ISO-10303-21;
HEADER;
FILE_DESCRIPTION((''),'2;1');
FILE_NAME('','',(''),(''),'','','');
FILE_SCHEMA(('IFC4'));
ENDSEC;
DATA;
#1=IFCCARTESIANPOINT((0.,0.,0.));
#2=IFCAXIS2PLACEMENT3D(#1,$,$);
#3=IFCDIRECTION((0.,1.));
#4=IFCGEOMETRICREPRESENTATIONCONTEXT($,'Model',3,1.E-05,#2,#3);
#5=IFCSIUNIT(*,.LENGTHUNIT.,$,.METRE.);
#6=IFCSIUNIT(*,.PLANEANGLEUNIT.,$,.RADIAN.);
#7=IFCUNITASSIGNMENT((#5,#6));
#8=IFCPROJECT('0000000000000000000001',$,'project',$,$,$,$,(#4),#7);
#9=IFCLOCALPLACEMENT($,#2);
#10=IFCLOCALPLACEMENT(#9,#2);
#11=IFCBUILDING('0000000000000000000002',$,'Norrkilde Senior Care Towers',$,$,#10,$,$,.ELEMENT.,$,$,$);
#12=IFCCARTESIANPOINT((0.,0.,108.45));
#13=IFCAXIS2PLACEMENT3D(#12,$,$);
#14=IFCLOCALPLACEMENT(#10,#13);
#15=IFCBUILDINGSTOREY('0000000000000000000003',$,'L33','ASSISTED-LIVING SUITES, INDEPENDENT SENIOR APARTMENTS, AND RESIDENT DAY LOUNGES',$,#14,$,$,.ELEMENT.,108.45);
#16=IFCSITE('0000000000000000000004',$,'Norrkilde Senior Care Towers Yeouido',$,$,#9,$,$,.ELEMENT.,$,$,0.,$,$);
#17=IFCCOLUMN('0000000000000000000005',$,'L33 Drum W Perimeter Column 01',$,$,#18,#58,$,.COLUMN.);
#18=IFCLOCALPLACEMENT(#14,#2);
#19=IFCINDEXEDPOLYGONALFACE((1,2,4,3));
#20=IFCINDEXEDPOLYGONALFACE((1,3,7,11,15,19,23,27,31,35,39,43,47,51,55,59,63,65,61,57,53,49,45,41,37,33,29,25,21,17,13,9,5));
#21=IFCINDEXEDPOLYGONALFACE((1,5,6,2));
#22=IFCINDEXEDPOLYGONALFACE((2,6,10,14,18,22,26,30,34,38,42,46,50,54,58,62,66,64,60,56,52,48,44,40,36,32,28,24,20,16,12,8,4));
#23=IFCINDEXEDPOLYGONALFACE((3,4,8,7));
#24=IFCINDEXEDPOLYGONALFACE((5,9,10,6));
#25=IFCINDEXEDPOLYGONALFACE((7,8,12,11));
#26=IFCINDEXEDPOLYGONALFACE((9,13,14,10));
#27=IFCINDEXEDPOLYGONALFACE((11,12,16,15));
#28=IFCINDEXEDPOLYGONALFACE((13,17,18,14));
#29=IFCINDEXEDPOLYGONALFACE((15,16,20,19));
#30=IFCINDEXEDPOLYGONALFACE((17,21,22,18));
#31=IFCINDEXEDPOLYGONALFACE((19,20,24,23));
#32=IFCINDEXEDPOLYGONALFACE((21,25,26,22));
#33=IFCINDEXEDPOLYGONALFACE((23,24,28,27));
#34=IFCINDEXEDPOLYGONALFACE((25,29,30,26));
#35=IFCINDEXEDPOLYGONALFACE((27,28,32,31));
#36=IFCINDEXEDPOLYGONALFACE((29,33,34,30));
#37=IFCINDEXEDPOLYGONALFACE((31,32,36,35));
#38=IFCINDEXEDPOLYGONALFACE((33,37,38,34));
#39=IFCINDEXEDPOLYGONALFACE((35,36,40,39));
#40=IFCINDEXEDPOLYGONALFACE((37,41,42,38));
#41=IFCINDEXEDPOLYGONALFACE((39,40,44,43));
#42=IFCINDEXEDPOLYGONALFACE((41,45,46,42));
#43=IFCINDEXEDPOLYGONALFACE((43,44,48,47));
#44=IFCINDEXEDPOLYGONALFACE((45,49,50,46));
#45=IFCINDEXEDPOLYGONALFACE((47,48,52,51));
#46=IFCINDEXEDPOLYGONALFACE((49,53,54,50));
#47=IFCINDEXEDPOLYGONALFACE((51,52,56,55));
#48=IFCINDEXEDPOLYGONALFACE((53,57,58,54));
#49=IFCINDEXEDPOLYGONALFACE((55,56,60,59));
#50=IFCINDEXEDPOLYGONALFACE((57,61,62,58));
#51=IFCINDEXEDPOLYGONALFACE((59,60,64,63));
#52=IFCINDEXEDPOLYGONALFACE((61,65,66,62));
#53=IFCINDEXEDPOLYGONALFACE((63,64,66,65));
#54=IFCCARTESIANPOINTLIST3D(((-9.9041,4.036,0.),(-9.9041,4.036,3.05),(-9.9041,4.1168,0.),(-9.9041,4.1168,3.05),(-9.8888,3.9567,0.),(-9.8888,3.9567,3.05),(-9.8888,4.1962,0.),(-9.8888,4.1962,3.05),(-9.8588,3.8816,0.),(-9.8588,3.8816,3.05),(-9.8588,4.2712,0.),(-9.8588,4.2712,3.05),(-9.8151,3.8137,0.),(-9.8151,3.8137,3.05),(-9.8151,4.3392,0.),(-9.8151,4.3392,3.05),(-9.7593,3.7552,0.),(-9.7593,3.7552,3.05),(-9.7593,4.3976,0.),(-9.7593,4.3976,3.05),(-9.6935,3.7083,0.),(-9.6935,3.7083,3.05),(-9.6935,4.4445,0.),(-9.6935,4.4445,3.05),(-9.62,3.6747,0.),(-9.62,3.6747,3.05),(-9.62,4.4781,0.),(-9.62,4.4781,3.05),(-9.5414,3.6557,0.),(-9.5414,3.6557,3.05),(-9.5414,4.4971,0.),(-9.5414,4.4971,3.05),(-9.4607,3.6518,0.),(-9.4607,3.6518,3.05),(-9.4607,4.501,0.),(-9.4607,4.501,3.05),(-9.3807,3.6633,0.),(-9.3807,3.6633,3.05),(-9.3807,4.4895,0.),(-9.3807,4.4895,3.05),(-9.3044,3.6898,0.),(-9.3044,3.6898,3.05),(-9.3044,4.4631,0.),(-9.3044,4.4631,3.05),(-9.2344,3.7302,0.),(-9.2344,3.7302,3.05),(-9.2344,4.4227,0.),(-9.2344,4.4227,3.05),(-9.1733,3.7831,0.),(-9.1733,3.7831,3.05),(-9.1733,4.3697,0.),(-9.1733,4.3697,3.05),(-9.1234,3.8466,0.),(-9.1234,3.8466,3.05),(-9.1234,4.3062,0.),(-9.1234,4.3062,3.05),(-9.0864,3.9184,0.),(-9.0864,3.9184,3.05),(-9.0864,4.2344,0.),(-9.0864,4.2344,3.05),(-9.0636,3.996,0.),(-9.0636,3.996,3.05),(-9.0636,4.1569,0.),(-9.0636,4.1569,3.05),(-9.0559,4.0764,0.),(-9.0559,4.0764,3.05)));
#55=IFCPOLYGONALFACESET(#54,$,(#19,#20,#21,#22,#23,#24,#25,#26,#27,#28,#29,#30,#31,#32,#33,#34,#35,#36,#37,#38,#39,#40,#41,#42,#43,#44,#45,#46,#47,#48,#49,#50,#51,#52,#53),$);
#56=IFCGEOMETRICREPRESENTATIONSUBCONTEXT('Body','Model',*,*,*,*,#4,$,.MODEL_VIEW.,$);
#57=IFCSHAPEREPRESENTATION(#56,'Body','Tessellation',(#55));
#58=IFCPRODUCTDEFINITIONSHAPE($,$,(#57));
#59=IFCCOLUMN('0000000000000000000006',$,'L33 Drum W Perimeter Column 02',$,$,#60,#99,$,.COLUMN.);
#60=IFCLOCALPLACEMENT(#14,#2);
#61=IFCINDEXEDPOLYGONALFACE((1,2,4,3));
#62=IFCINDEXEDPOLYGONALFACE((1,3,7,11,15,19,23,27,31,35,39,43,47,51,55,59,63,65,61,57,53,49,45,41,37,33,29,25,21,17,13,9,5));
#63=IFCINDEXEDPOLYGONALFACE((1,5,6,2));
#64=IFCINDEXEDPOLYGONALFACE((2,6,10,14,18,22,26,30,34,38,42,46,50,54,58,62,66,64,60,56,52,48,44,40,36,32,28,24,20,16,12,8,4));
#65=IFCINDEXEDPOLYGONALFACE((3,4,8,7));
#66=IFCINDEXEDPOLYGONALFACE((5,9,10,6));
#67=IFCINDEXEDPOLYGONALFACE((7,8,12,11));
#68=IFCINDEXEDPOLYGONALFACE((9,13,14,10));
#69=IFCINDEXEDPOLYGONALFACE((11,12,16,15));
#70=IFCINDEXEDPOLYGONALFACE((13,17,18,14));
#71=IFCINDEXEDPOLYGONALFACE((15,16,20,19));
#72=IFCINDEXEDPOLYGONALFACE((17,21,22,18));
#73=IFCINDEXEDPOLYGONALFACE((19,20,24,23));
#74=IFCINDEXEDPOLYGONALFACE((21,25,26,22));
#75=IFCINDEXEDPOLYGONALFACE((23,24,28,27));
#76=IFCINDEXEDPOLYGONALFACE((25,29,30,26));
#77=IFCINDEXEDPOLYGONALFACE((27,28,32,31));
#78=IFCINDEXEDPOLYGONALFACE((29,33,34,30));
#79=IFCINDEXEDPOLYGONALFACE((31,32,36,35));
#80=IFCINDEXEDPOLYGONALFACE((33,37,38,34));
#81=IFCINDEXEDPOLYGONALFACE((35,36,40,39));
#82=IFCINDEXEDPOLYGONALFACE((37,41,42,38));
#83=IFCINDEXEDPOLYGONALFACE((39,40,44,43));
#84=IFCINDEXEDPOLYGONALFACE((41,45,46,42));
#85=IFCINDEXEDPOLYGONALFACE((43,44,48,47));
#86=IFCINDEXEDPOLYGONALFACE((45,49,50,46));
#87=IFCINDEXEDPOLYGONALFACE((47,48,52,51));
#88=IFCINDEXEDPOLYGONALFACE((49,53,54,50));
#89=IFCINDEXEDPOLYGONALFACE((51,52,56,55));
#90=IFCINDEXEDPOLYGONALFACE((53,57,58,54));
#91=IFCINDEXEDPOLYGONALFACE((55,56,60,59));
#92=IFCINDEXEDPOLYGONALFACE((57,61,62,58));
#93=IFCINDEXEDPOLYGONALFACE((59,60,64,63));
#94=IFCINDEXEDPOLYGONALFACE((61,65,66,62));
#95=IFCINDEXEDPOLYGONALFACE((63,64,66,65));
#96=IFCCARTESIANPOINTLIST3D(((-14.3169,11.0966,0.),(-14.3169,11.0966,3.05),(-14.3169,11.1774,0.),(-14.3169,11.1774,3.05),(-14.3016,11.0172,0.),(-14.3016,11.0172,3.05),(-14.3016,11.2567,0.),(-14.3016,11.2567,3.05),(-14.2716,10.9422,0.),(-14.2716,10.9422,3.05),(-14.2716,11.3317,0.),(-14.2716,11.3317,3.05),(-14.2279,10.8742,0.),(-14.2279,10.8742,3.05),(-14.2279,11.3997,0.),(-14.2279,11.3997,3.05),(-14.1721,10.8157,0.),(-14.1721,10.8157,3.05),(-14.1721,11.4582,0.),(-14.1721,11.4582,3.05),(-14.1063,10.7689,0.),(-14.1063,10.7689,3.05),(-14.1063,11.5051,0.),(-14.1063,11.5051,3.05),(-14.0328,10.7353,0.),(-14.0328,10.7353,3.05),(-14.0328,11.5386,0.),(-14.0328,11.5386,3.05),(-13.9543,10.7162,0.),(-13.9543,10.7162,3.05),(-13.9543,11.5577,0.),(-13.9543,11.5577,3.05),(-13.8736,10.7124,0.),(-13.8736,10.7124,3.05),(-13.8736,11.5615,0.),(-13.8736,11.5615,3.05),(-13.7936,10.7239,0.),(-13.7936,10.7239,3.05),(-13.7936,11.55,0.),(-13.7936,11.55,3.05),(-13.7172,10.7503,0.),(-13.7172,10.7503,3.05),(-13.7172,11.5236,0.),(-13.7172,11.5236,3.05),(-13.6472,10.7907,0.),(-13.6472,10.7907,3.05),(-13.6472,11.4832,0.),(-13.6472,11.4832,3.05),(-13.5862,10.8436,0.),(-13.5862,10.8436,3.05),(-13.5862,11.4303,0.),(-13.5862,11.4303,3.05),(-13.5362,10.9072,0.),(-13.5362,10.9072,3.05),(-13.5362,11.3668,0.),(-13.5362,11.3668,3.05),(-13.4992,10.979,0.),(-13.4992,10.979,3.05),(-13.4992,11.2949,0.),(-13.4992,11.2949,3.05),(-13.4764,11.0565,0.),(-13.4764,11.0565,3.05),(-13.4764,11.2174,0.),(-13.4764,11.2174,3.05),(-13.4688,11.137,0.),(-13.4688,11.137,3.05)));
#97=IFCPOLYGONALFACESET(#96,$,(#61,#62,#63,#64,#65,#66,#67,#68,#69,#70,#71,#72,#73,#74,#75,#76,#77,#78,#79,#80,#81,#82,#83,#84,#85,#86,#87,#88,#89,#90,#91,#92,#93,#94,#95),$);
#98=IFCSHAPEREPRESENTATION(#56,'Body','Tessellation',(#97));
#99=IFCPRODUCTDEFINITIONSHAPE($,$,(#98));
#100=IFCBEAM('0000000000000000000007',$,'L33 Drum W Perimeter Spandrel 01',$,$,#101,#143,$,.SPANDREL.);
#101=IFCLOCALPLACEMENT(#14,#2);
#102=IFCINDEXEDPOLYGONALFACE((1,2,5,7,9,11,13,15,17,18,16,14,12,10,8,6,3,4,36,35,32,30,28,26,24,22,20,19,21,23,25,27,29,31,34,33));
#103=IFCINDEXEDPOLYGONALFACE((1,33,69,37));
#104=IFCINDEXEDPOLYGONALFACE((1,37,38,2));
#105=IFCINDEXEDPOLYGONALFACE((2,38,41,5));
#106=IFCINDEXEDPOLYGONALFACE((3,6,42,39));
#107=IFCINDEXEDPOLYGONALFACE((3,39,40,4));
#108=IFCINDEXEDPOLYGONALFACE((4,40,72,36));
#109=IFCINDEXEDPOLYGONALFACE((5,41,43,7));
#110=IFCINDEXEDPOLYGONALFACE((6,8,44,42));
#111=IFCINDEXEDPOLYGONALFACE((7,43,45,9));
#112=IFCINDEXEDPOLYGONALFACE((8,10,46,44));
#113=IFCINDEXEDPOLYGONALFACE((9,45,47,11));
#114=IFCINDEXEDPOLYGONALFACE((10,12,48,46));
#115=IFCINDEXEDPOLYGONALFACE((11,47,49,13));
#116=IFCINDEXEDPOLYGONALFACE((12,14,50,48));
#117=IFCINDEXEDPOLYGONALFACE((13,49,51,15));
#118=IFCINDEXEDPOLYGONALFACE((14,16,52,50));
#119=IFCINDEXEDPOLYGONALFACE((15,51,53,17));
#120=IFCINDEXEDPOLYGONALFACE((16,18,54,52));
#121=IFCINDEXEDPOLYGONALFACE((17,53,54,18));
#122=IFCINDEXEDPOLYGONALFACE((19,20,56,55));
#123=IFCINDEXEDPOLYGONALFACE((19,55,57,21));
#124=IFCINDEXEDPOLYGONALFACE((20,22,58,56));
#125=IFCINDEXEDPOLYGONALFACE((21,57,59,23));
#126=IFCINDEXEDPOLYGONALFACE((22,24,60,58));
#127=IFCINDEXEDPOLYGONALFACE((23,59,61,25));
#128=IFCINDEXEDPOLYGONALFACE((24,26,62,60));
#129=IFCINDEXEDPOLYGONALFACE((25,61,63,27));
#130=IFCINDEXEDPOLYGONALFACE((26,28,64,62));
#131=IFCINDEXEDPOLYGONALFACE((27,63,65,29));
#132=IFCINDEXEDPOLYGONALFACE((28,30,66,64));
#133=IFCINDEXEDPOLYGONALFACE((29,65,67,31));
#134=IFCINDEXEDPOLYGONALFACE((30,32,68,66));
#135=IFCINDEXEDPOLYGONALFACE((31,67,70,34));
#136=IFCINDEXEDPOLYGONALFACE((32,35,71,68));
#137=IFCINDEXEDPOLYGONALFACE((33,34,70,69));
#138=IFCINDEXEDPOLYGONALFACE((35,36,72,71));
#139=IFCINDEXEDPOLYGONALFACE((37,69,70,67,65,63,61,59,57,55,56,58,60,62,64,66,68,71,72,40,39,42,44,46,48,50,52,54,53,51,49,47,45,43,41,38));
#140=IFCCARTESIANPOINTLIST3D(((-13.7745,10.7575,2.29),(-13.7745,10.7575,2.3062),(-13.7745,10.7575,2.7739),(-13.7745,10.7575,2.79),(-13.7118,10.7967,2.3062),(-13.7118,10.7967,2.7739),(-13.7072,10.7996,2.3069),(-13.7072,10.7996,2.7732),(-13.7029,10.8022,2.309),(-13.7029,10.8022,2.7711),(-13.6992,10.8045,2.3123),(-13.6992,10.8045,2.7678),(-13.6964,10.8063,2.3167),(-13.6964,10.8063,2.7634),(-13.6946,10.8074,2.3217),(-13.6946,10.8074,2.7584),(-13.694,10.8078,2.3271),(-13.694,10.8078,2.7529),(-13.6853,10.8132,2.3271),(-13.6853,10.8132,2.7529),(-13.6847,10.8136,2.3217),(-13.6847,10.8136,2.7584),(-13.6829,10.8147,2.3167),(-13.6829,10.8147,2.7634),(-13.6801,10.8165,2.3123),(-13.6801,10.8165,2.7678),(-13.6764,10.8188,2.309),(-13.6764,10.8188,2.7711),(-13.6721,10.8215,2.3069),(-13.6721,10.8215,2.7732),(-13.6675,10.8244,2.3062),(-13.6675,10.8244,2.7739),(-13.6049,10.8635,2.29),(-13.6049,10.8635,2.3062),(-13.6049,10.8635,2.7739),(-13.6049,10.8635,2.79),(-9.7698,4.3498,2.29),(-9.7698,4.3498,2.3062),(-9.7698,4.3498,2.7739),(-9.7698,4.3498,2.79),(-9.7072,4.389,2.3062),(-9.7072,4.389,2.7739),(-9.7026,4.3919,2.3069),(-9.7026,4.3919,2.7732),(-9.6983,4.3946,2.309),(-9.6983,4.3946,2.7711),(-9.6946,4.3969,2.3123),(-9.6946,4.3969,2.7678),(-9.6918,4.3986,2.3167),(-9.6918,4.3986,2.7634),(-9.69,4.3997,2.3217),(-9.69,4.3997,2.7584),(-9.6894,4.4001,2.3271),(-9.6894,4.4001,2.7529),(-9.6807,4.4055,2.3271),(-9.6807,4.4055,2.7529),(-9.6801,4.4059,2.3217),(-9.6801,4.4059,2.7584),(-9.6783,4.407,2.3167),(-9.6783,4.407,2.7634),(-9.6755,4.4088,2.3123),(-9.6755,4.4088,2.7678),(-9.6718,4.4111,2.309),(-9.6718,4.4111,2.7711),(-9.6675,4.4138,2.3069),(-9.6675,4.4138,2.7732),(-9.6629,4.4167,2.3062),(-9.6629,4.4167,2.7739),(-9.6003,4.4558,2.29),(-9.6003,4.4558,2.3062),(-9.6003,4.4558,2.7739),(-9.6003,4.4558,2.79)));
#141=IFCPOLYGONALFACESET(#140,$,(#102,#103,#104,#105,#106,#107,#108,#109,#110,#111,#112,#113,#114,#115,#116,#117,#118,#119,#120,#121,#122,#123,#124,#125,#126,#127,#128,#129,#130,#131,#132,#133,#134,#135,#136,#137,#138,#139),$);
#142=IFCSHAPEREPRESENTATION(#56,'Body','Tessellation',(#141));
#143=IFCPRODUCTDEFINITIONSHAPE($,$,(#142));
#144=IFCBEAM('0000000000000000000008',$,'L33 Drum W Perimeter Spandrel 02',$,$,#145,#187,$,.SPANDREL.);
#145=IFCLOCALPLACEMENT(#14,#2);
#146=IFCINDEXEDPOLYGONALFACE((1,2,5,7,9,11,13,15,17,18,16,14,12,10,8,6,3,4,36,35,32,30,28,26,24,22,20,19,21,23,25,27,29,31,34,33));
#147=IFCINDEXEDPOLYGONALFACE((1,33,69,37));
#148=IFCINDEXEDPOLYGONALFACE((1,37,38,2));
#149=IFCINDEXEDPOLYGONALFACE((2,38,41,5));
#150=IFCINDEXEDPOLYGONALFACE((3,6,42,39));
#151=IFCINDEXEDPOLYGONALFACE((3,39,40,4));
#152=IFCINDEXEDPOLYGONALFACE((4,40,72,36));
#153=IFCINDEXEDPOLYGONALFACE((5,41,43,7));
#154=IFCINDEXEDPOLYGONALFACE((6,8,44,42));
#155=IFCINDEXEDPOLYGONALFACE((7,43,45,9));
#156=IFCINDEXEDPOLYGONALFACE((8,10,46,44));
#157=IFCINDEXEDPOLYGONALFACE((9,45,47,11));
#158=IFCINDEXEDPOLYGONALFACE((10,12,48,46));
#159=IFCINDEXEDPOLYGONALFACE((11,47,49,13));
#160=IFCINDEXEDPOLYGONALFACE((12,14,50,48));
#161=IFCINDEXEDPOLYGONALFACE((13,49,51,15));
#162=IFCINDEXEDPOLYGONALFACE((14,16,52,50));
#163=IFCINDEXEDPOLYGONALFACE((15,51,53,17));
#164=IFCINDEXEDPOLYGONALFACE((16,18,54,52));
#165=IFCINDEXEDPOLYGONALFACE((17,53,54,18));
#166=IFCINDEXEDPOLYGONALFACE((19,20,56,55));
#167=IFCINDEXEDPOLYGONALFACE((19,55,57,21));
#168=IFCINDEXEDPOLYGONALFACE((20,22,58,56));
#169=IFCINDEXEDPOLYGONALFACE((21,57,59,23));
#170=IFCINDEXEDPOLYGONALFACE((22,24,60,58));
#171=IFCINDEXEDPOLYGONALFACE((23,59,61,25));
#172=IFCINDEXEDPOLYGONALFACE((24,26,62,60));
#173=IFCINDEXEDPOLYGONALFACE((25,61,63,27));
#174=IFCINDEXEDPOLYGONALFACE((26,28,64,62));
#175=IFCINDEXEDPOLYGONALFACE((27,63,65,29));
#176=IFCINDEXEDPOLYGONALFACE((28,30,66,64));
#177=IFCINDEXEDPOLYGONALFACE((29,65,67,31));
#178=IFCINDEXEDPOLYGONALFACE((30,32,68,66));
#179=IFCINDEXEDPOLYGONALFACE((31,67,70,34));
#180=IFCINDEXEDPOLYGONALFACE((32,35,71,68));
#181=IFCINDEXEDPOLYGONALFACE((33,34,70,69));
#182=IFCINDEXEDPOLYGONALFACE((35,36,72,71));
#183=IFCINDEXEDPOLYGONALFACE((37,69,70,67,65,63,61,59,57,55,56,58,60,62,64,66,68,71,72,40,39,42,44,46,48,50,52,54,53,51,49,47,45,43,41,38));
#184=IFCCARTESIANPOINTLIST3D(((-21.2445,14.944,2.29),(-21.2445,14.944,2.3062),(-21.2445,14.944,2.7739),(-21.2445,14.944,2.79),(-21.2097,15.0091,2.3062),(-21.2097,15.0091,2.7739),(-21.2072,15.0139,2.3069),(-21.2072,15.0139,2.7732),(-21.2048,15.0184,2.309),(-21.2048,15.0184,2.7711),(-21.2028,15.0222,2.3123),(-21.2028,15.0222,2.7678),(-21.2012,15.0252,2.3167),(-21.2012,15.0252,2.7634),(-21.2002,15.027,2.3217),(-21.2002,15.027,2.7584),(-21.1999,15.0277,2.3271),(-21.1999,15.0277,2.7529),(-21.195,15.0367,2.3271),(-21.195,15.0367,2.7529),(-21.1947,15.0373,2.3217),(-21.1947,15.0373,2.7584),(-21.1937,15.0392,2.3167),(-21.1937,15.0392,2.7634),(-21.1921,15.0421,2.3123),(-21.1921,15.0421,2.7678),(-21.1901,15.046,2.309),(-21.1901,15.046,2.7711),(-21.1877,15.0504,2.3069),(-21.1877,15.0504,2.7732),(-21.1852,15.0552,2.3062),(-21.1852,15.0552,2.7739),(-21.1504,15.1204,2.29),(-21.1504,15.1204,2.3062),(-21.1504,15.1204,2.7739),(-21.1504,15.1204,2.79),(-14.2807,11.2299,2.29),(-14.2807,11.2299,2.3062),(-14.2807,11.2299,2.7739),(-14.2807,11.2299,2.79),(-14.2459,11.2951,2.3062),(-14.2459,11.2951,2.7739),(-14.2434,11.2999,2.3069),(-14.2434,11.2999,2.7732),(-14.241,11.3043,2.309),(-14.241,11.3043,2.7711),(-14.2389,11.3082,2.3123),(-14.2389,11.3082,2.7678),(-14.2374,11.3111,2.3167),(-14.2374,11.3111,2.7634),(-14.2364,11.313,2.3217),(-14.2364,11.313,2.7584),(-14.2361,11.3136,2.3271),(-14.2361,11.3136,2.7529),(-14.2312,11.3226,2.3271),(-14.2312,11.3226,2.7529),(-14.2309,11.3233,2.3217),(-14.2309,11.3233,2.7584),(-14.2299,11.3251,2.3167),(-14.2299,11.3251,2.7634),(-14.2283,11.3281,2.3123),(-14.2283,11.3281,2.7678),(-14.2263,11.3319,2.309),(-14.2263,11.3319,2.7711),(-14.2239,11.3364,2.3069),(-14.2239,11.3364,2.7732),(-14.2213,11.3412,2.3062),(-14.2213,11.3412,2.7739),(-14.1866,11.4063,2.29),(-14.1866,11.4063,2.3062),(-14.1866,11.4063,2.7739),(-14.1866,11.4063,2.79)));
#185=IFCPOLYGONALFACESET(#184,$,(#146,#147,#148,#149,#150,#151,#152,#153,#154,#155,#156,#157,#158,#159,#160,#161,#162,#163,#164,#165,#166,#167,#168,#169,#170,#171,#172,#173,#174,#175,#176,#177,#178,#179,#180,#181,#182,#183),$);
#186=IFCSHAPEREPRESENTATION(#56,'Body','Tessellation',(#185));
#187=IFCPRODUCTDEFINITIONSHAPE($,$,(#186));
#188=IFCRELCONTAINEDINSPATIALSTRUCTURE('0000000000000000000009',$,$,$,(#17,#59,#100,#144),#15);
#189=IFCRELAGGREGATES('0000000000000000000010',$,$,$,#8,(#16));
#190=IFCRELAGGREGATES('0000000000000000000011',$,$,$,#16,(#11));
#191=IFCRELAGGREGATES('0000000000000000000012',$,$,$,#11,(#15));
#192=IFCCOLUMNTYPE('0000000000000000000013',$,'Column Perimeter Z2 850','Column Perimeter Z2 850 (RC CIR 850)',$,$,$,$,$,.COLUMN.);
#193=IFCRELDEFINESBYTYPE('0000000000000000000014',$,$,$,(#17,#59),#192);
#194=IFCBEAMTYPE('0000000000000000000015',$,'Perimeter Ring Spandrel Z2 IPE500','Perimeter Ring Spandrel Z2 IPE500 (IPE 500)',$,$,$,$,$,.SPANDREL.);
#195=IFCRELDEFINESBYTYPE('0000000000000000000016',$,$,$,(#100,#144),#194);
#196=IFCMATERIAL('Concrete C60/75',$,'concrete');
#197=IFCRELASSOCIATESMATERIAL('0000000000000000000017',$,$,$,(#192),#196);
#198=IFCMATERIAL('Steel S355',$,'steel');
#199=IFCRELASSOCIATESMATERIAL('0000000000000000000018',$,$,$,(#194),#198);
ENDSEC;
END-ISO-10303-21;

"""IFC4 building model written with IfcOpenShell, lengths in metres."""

from ifc_helpers import new_model, si_unit, direction, frame, origin, origin_2d, place, context, subcontext, project, spatial, circle, i_section, extrude, source, transform, mapped, material, material_profile, profile_set, type_object, type_shapes, element, save


model = new_model("IFC4")

# Units and contexts
model_context = context("Model", 3, precision=1e-05, world=origin(), true_north=direction((0.0, 1.0)))
body_context = subcontext(model_context, "Body", "Model", "MODEL_VIEW")
ifc_project = project(units=[si_unit("LENGTHUNIT", "METRE"), si_unit("PLANEANGLEUNIT", "RADIAN")], contexts=[model_context])

# Site, building, storey
site_placement = place(None, origin())
site = spatial("IfcSite", under=ifc_project, at=site_placement, Name="Norrkilde Senior Care Towers Yeouido", CompositionType="ELEMENT", RefElevation=0.0)
building_placement = place(site_placement, origin())
building = spatial("IfcBuilding", under=site, at=building_placement, Name="Norrkilde Senior Care Towers", CompositionType="ELEMENT")
storey_placement = place(building_placement, frame((0.0, 0.0, 108.45)))
storey = spatial("IfcBuildingStorey", under=building, at=storey_placement, Name="L33", Description="ASSISTED-LIVING SUITES, INDEPENDENT SENIOR APARTMENTS, AND RESIDENT DAY LOUNGES", CompositionType="ELEMENT", Elevation=108.45)

# Columns
ifc_material_1 = material(Name="Concrete C60/75", Category="concrete")
ifc_material_profile_1 = material_profile(ifc_material_1, circle(Radius=0.425, at=origin_2d()), Name="RC CIR 850")
ifc_profile_set_1 = profile_set([ifc_material_profile_1], Name="Concrete C60/75")
column_type = type_object("IfcColumnType", Name="Column Perimeter Z2 850", Description="Column Perimeter Z2 850 (RC CIR 850)", PredefinedType="COLUMN", material=ifc_profile_set_1)
shared_shape_1 = source(origin(), body_context, "Body", "SweptSolid", [
    extrude(circle(Radius=0.425, at=origin_2d()), origin(), (0.0, 0.0, 1.0), 3.05),
])
type_shapes(column_type, [shared_shape_1])
for number, where, z_axis, x_axis, name in (
    (1, (-9.481, 4.0764, 0.0), (0.0, 0.0, 1.0), (1.0, 0.0, 0.0), "L33 Drum W Perimeter Column 01"),
    (2, (-13.8938, 11.137, 0.0), (0.0, 0.0, 1.0), (1.0, 0.0, 0.0), "L33 Drum W Perimeter Column 02"),
):
    element("IfcColumn", number, at=place(storey_placement, frame(where, z_axis=z_axis, x_axis=x_axis)), inside=storey, type_object=column_type, Name=name, PredefinedType="COLUMN", context=body_context, shape_type="MappedRepresentation", body=[
        mapped(shared_shape_1, transform((0.0, 0.0, 0.0), x_axis=(1.0, 0.0, 0.0), y_axis=(0.0, 1.0, 0.0), z_axis=(0.0, 0.0, 1.0), scale=1.0)),
    ])

# Beams
ifc_material_2 = material(Name="Steel S355", Category="steel")
ifc_material_profile_2 = material_profile(ifc_material_2, i_section(OverallWidth=0.2, OverallDepth=0.5, WebThickness=0.0103, FlangeThickness=0.0161, FilletRadius=0.021, at=origin_2d()), Name="IPE 500")
ifc_profile_set_2 = profile_set([ifc_material_profile_2], Name="Steel S355")
beam_type_1 = type_object("IfcBeamType", Name="Perimeter Ring Spandrel Z2 IPE500", Description="Perimeter Ring Spandrel Z2 IPE500 (IPE 500)", PredefinedType="SPANDREL", material=ifc_profile_set_2)
shared_shape_2 = source(origin(), body_context, "Body", "SweptSolid", [
    extrude(i_section(OverallWidth=0.2, OverallDepth=0.5, WebThickness=0.0103, FlangeThickness=0.0161, FilletRadius=0.021, at=origin_2d()), origin(), (0.0, 0.0, 1.0), 7.5562),
])
beam_1_placement = place(storey_placement, frame((-9.6851, 4.4028, 2.54), z_axis=(-0.529982, 0.848009, 0.0), x_axis=(-0.848009, -0.529982, 0.0)))
element("IfcBeam", 3, at=beam_1_placement, inside=storey, type_object=beam_type_1, Name="L33 Drum W Perimeter Spandrel 01", PredefinedType="SPANDREL", context=body_context, shape_type="MappedRepresentation", body=[
    mapped(shared_shape_2, transform((0.0, 0.0, 0.0), x_axis=(1.0, 0.0, 0.0), y_axis=(0.0, 1.0, 0.0), z_axis=(0.0, 0.0, 1.0), scale=1.0)),
])
shared_shape_3 = source(origin(), body_context, "Body", "SweptSolid", [
    extrude(i_section(OverallWidth=0.2, OverallDepth=0.5, WebThickness=0.0103, FlangeThickness=0.0161, FilletRadius=0.021, at=origin_2d()), origin(), (0.0, 0.0, 1.0), 7.8923),
])
type_shapes(beam_type_1, [shared_shape_2, shared_shape_3])
beam_2_placement = place(storey_placement, frame((-14.2336, 11.3181, 2.54), z_axis=(-0.88235, 0.470593, 0.0), x_axis=(-0.470593, -0.88235, 0.0)))
element("IfcBeam", 4, at=beam_2_placement, inside=storey, type_object=beam_type_1, Name="L33 Drum W Perimeter Spandrel 02", PredefinedType="SPANDREL", context=body_context, shape_type="MappedRepresentation", body=[
    mapped(shared_shape_3, transform((0.0, 0.0, 0.0), x_axis=(1.0, 0.0, 0.0), y_axis=(0.0, 1.0, 0.0), z_axis=(0.0, 0.0, 1.0), scale=1.0)),
])

save(model, "model.ifc")
